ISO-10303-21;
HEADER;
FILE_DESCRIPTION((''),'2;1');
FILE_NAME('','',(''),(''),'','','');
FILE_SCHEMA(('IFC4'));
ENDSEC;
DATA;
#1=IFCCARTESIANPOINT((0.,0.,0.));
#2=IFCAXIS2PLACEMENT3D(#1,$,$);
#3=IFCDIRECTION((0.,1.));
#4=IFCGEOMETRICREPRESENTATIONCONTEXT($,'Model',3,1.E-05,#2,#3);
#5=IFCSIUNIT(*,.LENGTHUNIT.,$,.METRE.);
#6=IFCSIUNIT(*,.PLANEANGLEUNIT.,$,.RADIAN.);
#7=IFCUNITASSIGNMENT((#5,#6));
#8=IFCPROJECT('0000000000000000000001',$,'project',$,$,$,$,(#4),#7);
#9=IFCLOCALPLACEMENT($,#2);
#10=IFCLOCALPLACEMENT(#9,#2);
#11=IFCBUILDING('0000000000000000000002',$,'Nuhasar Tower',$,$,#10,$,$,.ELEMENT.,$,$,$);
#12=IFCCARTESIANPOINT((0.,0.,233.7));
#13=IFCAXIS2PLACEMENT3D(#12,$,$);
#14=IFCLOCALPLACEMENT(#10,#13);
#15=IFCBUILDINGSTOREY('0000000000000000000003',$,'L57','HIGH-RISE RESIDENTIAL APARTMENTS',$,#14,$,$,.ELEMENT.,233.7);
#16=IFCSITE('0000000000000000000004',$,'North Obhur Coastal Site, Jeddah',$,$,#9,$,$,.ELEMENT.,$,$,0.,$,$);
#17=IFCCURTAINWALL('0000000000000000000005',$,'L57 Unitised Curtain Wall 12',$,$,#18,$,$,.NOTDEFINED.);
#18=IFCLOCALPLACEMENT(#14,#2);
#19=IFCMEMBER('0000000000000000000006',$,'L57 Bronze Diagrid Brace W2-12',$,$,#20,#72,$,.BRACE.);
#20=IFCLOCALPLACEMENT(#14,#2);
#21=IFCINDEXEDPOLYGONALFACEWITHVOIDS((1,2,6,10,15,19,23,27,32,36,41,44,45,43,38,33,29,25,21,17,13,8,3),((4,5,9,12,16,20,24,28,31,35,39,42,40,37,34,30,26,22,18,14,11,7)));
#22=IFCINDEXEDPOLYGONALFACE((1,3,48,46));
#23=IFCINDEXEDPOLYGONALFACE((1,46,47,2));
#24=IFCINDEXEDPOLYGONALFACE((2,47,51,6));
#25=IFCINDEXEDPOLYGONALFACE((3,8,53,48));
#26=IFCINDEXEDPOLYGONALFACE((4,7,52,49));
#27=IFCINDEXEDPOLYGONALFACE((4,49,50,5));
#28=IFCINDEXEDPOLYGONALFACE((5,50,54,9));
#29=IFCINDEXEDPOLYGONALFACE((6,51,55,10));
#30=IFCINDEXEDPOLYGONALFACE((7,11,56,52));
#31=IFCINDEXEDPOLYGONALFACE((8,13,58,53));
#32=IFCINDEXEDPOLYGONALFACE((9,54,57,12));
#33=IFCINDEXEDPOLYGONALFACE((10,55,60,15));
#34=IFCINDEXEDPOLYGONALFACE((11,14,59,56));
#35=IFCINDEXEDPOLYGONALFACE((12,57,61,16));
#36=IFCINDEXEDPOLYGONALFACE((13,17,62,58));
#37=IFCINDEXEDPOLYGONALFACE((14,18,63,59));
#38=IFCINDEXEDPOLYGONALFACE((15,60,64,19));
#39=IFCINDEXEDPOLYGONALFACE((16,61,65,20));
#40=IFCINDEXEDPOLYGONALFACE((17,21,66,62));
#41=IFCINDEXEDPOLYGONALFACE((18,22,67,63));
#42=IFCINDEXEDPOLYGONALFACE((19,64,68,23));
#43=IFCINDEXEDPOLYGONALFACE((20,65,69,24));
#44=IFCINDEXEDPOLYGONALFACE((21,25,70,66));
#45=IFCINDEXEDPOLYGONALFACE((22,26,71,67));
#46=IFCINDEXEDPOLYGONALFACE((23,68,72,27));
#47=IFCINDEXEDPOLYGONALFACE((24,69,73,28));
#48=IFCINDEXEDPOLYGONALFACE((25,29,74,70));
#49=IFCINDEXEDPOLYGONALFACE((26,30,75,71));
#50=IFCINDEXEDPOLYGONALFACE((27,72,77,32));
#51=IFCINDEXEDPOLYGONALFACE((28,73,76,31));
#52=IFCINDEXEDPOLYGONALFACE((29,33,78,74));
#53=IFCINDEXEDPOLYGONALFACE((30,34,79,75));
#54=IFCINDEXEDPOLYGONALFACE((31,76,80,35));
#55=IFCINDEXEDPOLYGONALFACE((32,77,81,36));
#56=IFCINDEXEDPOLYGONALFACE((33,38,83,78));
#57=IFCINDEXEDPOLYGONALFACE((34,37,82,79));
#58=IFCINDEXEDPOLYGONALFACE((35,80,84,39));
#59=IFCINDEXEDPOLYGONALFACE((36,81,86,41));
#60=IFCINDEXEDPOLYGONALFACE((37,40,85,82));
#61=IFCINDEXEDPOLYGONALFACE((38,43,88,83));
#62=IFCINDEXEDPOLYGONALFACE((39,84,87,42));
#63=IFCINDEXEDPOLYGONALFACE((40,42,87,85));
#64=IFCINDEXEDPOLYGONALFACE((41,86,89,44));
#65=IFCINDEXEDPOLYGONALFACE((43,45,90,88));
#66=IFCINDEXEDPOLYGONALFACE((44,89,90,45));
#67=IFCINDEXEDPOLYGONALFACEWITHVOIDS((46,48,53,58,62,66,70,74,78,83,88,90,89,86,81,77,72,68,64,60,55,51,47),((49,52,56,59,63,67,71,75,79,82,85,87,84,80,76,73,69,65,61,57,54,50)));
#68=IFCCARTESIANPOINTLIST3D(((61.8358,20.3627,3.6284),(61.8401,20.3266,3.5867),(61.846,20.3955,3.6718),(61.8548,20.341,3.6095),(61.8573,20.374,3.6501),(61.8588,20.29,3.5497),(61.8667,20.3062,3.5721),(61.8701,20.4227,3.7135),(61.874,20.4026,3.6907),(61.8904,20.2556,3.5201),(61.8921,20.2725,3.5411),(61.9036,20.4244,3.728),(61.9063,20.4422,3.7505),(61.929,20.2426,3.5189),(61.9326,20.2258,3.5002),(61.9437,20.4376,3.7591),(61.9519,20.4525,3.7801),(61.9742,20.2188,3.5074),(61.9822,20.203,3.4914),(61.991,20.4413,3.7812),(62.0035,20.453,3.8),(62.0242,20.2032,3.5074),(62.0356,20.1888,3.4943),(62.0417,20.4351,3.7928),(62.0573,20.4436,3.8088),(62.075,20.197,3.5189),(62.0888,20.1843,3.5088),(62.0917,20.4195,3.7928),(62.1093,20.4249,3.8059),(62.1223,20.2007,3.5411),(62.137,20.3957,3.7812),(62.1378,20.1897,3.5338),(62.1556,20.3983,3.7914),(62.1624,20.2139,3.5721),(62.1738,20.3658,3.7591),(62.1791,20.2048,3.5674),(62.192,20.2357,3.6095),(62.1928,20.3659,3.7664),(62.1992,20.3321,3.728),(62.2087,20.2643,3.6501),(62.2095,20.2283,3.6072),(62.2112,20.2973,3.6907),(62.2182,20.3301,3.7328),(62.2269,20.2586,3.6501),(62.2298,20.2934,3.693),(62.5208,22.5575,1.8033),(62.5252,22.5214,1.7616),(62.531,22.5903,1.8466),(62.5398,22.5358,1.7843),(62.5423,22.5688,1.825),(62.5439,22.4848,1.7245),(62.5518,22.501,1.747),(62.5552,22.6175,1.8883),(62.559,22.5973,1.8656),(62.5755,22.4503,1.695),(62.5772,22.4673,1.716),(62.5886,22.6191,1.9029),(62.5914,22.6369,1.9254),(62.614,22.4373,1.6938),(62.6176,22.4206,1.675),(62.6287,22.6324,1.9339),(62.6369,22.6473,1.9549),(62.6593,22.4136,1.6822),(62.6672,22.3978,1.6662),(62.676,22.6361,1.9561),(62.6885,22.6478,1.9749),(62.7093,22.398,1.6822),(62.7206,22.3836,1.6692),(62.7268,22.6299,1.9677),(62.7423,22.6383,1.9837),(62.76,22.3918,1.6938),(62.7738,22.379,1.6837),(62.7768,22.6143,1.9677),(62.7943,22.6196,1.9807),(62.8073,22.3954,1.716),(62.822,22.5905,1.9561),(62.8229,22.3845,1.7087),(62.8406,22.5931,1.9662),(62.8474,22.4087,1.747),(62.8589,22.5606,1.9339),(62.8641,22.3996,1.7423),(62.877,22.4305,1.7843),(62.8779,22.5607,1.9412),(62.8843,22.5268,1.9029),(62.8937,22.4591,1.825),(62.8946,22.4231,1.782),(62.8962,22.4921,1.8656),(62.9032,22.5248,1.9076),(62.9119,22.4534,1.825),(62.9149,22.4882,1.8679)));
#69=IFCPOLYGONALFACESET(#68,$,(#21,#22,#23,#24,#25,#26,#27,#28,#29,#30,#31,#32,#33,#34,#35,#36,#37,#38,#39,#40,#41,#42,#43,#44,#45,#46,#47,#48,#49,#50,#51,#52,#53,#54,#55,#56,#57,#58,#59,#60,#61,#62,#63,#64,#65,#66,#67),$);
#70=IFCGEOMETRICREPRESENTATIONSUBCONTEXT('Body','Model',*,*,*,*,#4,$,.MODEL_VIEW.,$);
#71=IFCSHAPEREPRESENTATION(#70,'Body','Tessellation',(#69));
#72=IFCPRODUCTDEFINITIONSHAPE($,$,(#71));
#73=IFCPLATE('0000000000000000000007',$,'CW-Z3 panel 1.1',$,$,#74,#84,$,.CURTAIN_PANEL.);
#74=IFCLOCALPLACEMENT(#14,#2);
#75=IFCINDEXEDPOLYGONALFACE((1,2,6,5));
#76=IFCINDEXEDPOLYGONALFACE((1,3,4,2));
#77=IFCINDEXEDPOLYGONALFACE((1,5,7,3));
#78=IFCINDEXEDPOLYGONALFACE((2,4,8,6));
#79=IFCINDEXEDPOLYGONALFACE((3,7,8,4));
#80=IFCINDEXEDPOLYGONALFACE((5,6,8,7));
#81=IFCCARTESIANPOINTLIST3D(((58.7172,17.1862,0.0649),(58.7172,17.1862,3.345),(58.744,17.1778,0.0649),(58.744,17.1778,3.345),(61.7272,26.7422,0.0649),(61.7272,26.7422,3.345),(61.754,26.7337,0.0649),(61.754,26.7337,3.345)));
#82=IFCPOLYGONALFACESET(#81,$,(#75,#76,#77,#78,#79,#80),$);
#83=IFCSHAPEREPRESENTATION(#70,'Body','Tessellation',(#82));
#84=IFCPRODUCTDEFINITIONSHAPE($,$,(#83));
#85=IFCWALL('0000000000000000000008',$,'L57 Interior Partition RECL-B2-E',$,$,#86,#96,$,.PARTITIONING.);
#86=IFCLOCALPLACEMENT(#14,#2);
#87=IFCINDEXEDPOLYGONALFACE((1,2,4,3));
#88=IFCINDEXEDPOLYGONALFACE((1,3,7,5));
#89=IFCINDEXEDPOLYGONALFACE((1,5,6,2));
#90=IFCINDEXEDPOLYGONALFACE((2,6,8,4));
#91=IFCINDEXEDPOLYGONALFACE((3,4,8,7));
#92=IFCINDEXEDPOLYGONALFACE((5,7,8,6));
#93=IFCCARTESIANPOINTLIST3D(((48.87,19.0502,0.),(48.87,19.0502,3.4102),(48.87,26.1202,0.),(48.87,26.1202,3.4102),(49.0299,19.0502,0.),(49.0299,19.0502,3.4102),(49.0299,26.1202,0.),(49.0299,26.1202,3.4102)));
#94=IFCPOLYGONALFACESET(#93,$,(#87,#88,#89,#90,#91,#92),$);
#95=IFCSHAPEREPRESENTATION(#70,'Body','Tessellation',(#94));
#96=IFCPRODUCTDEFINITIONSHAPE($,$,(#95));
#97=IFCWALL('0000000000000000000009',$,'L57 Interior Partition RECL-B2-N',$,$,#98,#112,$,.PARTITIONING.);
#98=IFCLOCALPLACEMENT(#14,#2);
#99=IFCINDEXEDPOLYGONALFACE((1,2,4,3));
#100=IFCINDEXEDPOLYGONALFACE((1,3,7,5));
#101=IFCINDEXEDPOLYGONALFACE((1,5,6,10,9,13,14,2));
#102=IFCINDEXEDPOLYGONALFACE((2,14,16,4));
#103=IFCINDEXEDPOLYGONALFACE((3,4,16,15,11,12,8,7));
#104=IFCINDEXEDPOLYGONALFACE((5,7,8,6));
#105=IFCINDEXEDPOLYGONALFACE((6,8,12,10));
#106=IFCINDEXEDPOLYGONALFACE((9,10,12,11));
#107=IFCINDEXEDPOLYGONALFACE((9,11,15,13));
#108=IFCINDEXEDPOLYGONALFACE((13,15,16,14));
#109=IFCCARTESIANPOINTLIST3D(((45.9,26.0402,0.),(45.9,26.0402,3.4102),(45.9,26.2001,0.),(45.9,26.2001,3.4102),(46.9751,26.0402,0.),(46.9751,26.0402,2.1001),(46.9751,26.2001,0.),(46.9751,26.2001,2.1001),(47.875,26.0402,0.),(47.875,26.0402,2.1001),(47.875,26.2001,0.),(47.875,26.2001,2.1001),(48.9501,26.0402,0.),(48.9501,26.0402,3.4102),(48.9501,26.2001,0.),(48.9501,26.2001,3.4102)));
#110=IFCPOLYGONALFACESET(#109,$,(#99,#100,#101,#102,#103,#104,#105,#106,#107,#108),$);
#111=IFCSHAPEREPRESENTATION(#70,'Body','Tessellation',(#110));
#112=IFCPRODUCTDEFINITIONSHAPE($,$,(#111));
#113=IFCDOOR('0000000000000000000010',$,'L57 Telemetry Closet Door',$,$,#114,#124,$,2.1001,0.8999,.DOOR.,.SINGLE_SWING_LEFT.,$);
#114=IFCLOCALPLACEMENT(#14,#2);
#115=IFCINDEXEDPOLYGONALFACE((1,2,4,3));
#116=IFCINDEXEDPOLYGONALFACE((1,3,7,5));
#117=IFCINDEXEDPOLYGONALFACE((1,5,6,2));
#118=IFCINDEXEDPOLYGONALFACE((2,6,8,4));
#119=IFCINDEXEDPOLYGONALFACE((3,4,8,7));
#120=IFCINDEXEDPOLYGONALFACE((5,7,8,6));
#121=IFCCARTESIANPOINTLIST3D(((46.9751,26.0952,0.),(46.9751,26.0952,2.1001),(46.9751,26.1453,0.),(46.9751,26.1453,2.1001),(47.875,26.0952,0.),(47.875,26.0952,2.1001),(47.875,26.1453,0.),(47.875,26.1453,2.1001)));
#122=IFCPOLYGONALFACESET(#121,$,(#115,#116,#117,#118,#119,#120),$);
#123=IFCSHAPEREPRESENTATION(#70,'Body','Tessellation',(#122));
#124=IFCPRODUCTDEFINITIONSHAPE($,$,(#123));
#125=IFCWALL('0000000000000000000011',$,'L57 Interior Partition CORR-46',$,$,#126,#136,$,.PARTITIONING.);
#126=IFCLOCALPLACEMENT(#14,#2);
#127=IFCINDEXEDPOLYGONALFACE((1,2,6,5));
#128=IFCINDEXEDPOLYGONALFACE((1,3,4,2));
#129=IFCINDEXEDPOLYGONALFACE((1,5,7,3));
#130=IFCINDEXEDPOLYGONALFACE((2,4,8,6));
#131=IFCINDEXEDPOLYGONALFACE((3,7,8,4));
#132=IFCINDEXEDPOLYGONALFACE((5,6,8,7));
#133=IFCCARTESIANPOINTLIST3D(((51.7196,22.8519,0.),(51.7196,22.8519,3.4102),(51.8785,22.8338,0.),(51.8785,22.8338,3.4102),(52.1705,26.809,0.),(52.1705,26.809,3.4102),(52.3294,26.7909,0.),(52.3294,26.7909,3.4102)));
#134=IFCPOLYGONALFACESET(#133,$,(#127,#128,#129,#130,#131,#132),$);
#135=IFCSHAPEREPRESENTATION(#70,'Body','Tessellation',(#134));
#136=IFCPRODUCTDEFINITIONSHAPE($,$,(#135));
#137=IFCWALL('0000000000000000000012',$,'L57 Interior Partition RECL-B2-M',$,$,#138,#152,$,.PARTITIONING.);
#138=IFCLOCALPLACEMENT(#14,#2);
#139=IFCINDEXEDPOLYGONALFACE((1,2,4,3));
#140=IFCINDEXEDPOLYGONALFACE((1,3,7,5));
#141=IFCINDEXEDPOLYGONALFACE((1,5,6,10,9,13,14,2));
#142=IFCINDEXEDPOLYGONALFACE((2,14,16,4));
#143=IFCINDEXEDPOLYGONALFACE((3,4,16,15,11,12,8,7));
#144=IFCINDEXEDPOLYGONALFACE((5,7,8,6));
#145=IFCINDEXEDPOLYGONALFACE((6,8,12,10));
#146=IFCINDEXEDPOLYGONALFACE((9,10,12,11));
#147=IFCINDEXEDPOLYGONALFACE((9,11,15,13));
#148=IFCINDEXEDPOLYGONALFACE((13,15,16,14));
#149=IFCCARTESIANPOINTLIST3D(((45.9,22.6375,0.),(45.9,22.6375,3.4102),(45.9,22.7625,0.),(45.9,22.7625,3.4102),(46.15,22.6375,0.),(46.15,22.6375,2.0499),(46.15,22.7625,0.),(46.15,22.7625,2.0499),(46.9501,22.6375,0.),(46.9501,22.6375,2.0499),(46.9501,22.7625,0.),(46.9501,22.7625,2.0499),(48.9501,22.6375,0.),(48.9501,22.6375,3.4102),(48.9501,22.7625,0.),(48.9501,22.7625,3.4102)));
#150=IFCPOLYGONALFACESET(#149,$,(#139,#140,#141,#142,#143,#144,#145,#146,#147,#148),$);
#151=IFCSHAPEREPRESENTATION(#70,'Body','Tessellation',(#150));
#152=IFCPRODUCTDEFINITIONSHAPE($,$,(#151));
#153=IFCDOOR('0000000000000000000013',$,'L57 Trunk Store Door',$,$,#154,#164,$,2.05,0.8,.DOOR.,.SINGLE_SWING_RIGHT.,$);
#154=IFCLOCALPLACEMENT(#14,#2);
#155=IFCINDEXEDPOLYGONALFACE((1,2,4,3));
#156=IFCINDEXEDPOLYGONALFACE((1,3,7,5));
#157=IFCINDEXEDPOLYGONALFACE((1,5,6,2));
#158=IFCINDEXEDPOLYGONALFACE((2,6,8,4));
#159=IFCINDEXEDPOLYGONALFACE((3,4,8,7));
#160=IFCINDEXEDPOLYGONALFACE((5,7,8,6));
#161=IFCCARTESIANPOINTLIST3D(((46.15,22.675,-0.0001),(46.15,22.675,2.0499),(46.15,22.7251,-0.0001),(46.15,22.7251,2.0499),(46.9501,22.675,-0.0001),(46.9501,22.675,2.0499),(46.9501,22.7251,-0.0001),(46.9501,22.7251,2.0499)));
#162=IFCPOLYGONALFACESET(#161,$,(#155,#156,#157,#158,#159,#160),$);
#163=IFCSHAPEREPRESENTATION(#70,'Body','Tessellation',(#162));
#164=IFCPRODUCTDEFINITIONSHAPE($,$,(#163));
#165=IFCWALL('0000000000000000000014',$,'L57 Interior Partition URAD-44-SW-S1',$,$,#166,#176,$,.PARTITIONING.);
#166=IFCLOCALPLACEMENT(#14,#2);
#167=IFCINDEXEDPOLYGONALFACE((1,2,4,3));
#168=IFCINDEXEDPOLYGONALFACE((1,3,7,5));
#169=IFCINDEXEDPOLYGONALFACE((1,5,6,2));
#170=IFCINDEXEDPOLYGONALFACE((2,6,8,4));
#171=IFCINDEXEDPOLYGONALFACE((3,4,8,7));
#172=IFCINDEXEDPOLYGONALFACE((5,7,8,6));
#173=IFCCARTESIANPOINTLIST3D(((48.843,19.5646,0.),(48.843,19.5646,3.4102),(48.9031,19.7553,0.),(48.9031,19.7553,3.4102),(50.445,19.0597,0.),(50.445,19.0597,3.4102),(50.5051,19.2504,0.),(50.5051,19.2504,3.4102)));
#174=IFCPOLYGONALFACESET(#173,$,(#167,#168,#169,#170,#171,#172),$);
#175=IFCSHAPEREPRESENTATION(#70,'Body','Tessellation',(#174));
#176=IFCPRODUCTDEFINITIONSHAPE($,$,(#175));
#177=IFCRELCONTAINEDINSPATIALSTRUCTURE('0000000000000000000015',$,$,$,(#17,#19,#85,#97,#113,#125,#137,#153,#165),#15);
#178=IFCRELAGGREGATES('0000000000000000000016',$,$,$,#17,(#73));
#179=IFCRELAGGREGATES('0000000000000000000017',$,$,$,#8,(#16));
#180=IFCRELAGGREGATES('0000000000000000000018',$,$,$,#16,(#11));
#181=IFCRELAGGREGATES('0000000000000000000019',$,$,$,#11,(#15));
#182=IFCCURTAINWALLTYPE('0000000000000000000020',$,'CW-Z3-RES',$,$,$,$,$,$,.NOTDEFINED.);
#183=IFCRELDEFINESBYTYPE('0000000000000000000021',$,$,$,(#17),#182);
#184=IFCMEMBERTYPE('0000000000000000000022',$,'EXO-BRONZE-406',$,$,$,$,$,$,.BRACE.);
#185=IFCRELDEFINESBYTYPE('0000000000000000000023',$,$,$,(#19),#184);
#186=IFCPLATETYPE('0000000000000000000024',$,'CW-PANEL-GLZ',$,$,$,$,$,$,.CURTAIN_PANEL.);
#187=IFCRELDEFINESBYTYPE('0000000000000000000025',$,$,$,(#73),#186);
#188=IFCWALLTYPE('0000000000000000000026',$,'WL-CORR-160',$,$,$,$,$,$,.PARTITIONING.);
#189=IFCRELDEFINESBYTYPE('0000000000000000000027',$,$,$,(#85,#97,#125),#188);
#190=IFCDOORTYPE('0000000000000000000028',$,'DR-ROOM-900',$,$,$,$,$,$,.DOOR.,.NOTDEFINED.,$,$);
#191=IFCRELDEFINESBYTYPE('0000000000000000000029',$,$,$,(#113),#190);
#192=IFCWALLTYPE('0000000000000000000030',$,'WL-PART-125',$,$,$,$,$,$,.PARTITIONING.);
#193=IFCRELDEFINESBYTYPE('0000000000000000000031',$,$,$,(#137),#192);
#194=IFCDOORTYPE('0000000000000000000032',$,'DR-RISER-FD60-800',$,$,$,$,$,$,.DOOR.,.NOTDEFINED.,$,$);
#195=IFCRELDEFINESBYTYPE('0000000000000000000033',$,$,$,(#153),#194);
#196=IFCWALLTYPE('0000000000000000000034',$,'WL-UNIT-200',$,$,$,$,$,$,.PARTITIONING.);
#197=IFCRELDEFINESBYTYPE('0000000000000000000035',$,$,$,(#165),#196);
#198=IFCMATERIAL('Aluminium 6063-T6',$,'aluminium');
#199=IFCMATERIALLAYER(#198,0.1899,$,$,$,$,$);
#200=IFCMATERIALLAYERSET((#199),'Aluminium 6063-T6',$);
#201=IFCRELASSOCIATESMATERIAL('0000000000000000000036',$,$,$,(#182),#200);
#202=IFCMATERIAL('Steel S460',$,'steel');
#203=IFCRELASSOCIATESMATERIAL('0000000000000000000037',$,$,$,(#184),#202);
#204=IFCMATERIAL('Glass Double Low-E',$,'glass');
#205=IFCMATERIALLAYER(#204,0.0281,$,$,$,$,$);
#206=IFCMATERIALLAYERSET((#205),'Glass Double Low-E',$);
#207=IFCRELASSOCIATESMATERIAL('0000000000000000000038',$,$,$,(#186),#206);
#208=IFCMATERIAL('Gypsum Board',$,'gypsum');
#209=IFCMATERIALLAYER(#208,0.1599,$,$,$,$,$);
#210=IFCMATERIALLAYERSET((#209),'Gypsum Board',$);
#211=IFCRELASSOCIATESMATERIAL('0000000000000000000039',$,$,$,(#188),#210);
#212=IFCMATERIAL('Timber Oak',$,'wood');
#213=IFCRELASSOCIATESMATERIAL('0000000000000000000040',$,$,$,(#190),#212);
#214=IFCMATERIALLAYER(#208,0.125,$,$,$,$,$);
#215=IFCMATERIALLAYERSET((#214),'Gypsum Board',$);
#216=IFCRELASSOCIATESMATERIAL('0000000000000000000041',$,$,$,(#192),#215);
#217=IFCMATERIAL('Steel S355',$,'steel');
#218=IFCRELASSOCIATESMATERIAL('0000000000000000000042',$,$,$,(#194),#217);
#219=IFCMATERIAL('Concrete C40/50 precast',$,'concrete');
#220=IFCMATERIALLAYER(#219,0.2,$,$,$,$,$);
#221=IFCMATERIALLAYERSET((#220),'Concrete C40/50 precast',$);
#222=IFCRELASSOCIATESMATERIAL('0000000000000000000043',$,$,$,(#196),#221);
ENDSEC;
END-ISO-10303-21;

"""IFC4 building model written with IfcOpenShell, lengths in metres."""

from ifc_helpers import new_model, si_unit, direction, frame, frame_2d, origin, origin_2d, place, context, subcontext, project, spatial, rectangle, hollow_circle, extrude, material, layer, layer_set, material_profile, profile_set, type_object, element, fill, aggregate, save


model = new_model("IFC4")

# Units and contexts
model_context = context("Model", 3, precision=1e-05, world=origin(), true_north=direction((0.0, 1.0)))
body_context = subcontext(model_context, "Body", "Model", "MODEL_VIEW")
ifc_project = project(units=[si_unit("LENGTHUNIT", "METRE"), si_unit("PLANEANGLEUNIT", "RADIAN")], contexts=[model_context])

# Site, building, storey
site_placement = place(None, origin())
site = spatial("IfcSite", under=ifc_project, at=site_placement, Name="North Obhur Coastal Site, Jeddah", CompositionType="ELEMENT", RefElevation=0.0)
building_placement = place(site_placement, origin())
building = spatial("IfcBuilding", under=site, at=building_placement, Name="Nuhasar Tower", CompositionType="ELEMENT")
storey_placement = place(building_placement, frame((0.0, 0.0, 233.7)))
storey = spatial("IfcBuildingStorey", under=building, at=storey_placement, Name="L57", Description="HIGH-RISE RESIDENTIAL APARTMENTS", CompositionType="ELEMENT", Elevation=233.7)

# Shared definitions
ifc_material_1 = material(Name="Steel S355", Category="steel")

# Curtain wall
ifc_material_2 = material(Name="Aluminium 6063-T6", Category="aluminium")
ifc_layer_1 = layer(ifc_material_2, 0.1899)
ifc_layer_set_1 = layer_set([ifc_layer_1], Name="Aluminium 6063-T6")
curtain_wall_type = type_object("IfcCurtainWallType", Name="CW-Z3-RES", PredefinedType="NOTDEFINED", material=ifc_layer_set_1)
curtain_wall_placement = place(storey_placement, origin())
curtain_wall = element("IfcCurtainWall", 1, at=curtain_wall_placement, inside=storey, type_object=curtain_wall_type, Name="L57 Unitised Curtain Wall 12", PredefinedType="NOTDEFINED")

# Member
ifc_material_3 = material(Name="Steel S460", Category="steel")
ifc_material_profile_1 = material_profile(ifc_material_3, hollow_circle(Radius=0.2031, WallThickness=0.019, at=origin_2d()), Name="HSS406.4X19.1")
ifc_profile_set_1 = profile_set([ifc_material_profile_1], Name="Steel S460")
member_type_1 = type_object("IfcMemberType", Name="EXO-BRONZE-406", PredefinedType="BRACE", material=ifc_profile_set_1)
for number, where, z_axis, x_axis, name in (
    (2, (62.718, 22.5139, 1.825), (-0.23336, -0.747651, 0.62174), (0.954582, -0.297948, 0.0), "L57 Bronze Diagrid Brace W2-12"),
):
    element("IfcMember", number, at=place(storey_placement, frame(where, z_axis=z_axis, x_axis=x_axis)), inside=storey, type_object=member_type_1, Name=name, PredefinedType="BRACE", context=body_context, shape_type="SweptSolid", body=[
        extrude(hollow_circle(Radius=0.2031, WallThickness=0.019, at=origin_2d()), origin(), (0.0, 0.0, 1.0), 2.9355),
    ])

# Plate
ifc_material_4 = material(Name="Glass Double Low-E", Category="glass")
ifc_layer_2 = layer(ifc_material_4, 0.0281)
ifc_layer_set_2 = layer_set([ifc_layer_2], Name="Glass Double Low-E")
plate_type = type_object("IfcPlateType", Name="CW-PANEL-GLZ", PredefinedType="CURTAIN_PANEL", material=ifc_layer_set_2)
plate_placement = place(storey_placement, frame((60.2356, 21.96, 0.0649), z_axis=(0.0, 0.0, 1.0), x_axis=(0.300429, 0.953804, 0.0)))
plate = element("IfcPlate", 3, at=plate_placement, type_object=plate_type, Name="CW-Z3 panel 1.1", PredefinedType="CURTAIN_PANEL", context=body_context, shape_type="SweptSolid", body=[
    extrude(rectangle(XDim=10.0188, YDim=0.0281, at=origin_2d()), origin(), (0.0, 0.0, 1.0), 3.28),
])
aggregate(curtain_wall, [plate])

# Wall
ifc_material_5 = material(Name="Gypsum Board", Category="gypsum")
ifc_layer_3 = layer(ifc_material_5, 0.1599)
ifc_layer_set_3 = layer_set([ifc_layer_3], Name="Gypsum Board")
wall_type_1 = type_object("IfcWallType", Name="WL-CORR-160", PredefinedType="PARTITIONING", material=ifc_layer_set_3)
wall_1_placement = place(storey_placement, frame((48.95, 19.05, 0.0), z_axis=(0.0, 0.0, 1.0), x_axis=(0.0, 1.0, 0.0)))
element("IfcWall", 4, at=wall_1_placement, inside=storey, type_object=wall_type_1, Name="L57 Interior Partition RECL-B2-E", PredefinedType="PARTITIONING", context=body_context, shape_type="SweptSolid", body=[
    extrude(rectangle(XDim=7.0701, YDim=0.1599, at=frame_2d((3.5352, 0.0))), origin(), (0.0, 0.0, 1.0), 3.4102),
])

# Wall, opening, door
wall_2_placement = place(storey_placement, frame((48.95, 26.1201, 0.0), z_axis=(0.0, 0.0, 1.0), x_axis=(-1.0, 0.0, 0.0)))
wall_2 = element("IfcWall", 5, at=wall_2_placement, inside=storey, type_object=wall_type_1, Name="L57 Interior Partition RECL-B2-N", PredefinedType="PARTITIONING", context=body_context, shape_type="SweptSolid", body=[
    extrude(rectangle(XDim=3.05, YDim=0.1599, at=frame_2d((1.5249, 0.0))), origin(), (0.0, 0.0, 1.0), 3.4102),
])
opening_1_placement = place(wall_2_placement, frame((1.075, 0.0, 0.0)))
opening_1 = element("IfcOpeningElement", 6, at=opening_1_placement, cuts=wall_2, PredefinedType="OPENING", context=body_context, shape_type="SweptSolid", body=[
    extrude(rectangle(XDim=0.8999, YDim=2.1001, at=frame_2d((0.45, 1.05))), frame((0.0, 0.0898, 0.0), z_axis=(0.0, -1.0, 0.0), x_axis=(1.0, 0.0, 0.0)), (0.0, 0.0, 1.0), 0.1799),
])
ifc_material_6 = material(Name="Timber Oak", Category="wood")
door_type_1 = type_object("IfcDoorType", Name="DR-ROOM-900", OperationType="NOTDEFINED", PredefinedType="DOOR", material=ifc_material_6)
door_1_placement = place(opening_1_placement, origin())
door_1 = element("IfcDoor", 7, at=door_1_placement, inside=storey, type_object=door_type_1, Name="L57 Telemetry Closet Door", OperationType="SINGLE_SWING_LEFT", OverallHeight=2.1001, OverallWidth=0.8999, PredefinedType="DOOR", context=body_context, shape_type="SweptSolid", body=[
    extrude(rectangle(XDim=0.8999, YDim=2.1001, at=frame_2d((0.45, 1.05))), frame((0.0, 0.0249, 0.0), z_axis=(0.0, -1.0, 0.0), x_axis=(1.0, 0.0, 0.0)), (0.0, 0.0, 1.0), 0.05),
])
fill(opening_1, door_1)

# Wall
wall_3_placement = place(storey_placement, frame((51.7991, 22.843, 0.0), z_axis=(0.0, 0.0, 1.0), x_axis=(0.113223, 0.99357, 0.0)))
element("IfcWall", 8, at=wall_3_placement, inside=storey, type_object=wall_type_1, Name="L57 Interior Partition CORR-46", PredefinedType="PARTITIONING", context=body_context, shape_type="SweptSolid", body=[
    extrude(rectangle(XDim=3.9827, YDim=0.1599, at=frame_2d((1.9912, 0.0))), origin(), (0.0, 0.0, 1.0), 3.4102),
])

# Wall, opening, door
ifc_layer_4 = layer(ifc_material_5, 0.125)
ifc_layer_set_4 = layer_set([ifc_layer_4], Name="Gypsum Board")
wall_type_2 = type_object("IfcWallType", Name="WL-PART-125", PredefinedType="PARTITIONING", material=ifc_layer_set_4)
wall_4_placement = place(storey_placement, frame((48.95, 22.7, 0.0), z_axis=(0.0, 0.0, 1.0), x_axis=(-1.0, 0.0, 0.0)))
wall_4 = element("IfcWall", 9, at=wall_4_placement, inside=storey, type_object=wall_type_2, Name="L57 Interior Partition RECL-B2-M", PredefinedType="PARTITIONING", context=body_context, shape_type="SweptSolid", body=[
    extrude(rectangle(XDim=3.05, YDim=0.125, at=frame_2d((1.5249, 0.0))), origin(), (0.0, 0.0, 1.0), 3.4102),
])
opening_2_placement = place(wall_4_placement, frame((2.0, 0.0, 0.0)))
opening_2 = element("IfcOpeningElement", 10, at=opening_2_placement, cuts=wall_4, PredefinedType="OPENING", context=body_context, shape_type="SweptSolid", body=[
    extrude(rectangle(XDim=0.8, YDim=2.05, at=frame_2d((0.3999, 1.0249))), frame((0.0, 0.0725, 0.0), z_axis=(0.0, -1.0, 0.0), x_axis=(1.0, 0.0, 0.0)), (0.0, 0.0, 1.0), 0.145),
])
door_type_2 = type_object("IfcDoorType", Name="DR-RISER-FD60-800", OperationType="NOTDEFINED", PredefinedType="DOOR", material=ifc_material_1)
door_2_placement = place(opening_2_placement, origin())
door_2 = element("IfcDoor", 11, at=door_2_placement, inside=storey, type_object=door_type_2, Name="L57 Trunk Store Door", OperationType="SINGLE_SWING_RIGHT", OverallHeight=2.05, OverallWidth=0.8, PredefinedType="DOOR", context=body_context, shape_type="SweptSolid", body=[
    extrude(rectangle(XDim=0.8, YDim=2.05, at=frame_2d((0.3999, 1.0249))), frame((0.0, 0.0249, 0.0), z_axis=(0.0, -1.0, 0.0), x_axis=(1.0, 0.0, 0.0)), (0.0, 0.0, 1.0), 0.05),
])
fill(opening_2, door_2)

# Wall
ifc_material_7 = material(Name="Concrete C40/50 precast", Category="concrete")
ifc_layer_5 = layer(ifc_material_7, 0.2)
ifc_layer_set_5 = layer_set([ifc_layer_5], Name="Concrete C40/50 precast")
wall_type_3 = type_object("IfcWallType", Name="WL-UNIT-200", PredefinedType="PARTITIONING", material=ifc_layer_set_5)
wall_5_placement = place(storey_placement, frame((48.873, 19.6599, 0.0), z_axis=(0.0, 0.0, 1.0), x_axis=(0.953758, -0.300575, 0.0)))
element("IfcWall", 12, at=wall_5_placement, inside=storey, type_object=wall_type_3, Name="L57 Interior Partition URAD-44-SW-S1", PredefinedType="PARTITIONING", context=body_context, shape_type="SweptSolid", body=[
    extrude(rectangle(XDim=1.6797, YDim=0.2, at=frame_2d((0.8398, 0.0))), origin(), (0.0, 0.0, 1.0), 3.4102),
])

save(model, "model.ifc")
